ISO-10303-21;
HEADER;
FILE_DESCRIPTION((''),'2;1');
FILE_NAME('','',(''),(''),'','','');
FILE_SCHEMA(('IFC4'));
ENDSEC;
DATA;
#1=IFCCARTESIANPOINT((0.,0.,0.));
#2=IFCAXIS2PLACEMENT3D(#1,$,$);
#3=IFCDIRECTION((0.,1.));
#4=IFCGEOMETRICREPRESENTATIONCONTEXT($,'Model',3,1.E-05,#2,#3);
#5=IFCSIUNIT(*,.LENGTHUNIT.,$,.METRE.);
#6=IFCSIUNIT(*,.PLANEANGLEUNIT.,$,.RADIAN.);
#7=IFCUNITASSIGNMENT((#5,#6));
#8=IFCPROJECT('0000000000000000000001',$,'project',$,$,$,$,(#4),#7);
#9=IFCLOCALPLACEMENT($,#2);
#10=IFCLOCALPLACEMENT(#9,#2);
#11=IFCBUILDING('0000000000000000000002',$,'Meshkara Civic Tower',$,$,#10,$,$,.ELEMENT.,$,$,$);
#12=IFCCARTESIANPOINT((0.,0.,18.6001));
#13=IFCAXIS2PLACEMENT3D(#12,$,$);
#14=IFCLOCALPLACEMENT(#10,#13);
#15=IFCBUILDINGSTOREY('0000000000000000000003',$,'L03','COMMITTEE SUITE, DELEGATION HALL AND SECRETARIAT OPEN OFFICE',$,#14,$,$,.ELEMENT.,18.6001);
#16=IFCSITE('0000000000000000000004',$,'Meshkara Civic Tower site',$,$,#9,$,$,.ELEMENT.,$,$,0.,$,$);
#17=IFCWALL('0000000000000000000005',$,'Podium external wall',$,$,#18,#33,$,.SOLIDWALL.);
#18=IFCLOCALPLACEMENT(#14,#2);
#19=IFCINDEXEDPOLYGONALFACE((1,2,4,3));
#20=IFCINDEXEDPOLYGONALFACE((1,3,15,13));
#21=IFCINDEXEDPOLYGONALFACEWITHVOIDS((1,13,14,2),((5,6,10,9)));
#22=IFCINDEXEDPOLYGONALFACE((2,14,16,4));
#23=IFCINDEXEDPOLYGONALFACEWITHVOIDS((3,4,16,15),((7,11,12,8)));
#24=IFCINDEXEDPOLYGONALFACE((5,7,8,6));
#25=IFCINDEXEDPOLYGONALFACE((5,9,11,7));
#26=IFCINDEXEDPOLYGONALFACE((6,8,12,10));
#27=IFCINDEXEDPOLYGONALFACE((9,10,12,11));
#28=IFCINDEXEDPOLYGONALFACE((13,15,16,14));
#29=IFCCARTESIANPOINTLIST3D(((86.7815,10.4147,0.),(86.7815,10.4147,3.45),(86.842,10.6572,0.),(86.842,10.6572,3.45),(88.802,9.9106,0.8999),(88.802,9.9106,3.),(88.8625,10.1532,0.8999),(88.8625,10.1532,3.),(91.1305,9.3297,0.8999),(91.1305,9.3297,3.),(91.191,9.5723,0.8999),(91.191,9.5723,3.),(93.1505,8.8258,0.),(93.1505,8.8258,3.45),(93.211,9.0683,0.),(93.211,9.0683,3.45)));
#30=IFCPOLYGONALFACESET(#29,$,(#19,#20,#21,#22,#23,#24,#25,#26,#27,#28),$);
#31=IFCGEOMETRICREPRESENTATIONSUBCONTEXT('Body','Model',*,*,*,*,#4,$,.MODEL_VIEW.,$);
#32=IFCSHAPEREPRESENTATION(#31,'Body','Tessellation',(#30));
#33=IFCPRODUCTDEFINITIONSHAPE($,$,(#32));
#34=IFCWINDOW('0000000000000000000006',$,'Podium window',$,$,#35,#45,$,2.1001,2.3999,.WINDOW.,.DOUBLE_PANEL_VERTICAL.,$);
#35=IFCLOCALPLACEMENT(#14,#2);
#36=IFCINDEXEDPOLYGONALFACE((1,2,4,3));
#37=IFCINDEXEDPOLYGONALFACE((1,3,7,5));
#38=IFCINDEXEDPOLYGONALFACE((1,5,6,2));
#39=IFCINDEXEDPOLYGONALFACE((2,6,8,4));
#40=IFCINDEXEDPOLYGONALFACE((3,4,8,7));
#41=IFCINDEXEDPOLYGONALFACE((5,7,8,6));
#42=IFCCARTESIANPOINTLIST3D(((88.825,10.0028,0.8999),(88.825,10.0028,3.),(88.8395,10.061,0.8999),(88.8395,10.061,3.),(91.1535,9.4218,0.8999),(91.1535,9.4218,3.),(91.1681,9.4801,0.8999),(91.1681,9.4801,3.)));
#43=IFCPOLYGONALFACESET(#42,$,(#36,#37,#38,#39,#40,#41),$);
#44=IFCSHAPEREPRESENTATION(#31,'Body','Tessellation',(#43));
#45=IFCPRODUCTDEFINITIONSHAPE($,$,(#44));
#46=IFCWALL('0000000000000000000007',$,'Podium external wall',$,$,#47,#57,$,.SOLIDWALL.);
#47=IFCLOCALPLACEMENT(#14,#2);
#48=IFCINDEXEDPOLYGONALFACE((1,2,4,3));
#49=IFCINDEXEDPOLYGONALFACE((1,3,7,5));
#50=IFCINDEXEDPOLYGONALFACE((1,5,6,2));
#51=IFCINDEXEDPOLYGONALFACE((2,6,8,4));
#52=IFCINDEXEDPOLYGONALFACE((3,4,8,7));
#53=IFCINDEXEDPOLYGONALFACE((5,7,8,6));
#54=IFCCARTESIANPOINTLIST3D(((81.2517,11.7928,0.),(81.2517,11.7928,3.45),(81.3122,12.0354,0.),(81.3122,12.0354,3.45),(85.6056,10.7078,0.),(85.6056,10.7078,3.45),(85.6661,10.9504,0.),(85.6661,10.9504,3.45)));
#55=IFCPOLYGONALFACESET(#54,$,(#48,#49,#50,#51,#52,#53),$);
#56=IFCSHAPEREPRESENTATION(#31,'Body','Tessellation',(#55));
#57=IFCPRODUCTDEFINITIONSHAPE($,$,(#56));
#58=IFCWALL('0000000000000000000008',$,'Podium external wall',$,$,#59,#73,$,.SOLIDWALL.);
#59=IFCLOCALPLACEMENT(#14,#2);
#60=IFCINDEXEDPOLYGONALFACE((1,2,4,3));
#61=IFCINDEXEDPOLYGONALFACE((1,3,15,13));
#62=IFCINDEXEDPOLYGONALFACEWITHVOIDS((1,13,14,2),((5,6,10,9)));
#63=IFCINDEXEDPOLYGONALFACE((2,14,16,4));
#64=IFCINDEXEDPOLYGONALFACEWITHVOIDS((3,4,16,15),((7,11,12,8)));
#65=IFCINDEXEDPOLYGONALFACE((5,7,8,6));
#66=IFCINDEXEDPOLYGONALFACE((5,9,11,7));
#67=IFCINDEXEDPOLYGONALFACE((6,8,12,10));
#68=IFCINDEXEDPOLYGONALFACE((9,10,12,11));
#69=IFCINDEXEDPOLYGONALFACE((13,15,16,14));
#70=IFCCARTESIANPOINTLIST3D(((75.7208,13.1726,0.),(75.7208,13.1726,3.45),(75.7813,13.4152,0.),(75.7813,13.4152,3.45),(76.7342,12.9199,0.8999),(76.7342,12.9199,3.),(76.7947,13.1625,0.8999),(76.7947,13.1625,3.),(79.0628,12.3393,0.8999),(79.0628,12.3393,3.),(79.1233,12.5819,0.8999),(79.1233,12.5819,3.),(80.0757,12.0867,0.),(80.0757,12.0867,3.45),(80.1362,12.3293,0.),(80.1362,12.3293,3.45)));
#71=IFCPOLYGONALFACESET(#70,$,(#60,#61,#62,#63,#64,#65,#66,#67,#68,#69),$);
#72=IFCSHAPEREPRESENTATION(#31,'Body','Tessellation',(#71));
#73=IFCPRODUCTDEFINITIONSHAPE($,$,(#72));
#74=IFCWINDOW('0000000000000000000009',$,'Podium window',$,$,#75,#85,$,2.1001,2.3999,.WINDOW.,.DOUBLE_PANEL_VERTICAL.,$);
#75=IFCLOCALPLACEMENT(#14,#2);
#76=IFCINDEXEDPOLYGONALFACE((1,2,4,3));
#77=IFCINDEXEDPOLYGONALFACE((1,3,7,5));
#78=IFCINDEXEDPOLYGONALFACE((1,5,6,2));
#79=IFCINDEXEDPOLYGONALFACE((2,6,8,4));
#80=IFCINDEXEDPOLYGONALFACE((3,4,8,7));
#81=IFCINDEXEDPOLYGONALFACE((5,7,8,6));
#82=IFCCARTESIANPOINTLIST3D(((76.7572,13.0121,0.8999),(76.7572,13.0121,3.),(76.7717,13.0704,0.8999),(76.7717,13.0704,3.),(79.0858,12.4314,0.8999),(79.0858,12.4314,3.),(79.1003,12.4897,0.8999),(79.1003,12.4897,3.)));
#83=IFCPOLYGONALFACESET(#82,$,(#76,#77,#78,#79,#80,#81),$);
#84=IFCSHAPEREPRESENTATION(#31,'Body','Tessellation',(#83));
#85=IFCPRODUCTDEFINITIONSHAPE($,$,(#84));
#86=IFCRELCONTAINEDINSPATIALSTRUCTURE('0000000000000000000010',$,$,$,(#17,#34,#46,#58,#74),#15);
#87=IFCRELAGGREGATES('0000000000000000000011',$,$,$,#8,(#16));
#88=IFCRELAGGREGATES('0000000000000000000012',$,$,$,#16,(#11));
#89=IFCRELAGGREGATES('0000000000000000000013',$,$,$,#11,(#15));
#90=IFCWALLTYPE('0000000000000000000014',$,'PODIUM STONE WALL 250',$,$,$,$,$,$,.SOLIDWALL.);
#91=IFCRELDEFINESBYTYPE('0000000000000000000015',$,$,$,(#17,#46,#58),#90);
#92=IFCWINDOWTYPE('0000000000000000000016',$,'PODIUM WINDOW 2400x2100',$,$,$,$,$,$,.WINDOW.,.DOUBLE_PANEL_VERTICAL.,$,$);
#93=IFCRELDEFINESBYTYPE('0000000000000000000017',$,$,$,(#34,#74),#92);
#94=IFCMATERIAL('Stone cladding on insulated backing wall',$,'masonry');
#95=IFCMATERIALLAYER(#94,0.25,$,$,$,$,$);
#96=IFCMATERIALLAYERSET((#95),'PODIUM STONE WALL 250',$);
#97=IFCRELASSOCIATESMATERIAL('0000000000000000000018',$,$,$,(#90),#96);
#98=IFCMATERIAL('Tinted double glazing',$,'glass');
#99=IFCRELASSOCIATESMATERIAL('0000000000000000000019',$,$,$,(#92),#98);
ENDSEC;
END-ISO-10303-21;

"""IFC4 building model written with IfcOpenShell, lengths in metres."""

from ifc_helpers import new_model, si_unit, direction, frame, frame_2d, origin, place, context, subcontext, project, spatial, rectangle, extrude, material, layer, layer_set, type_object, element, fill, save


model = new_model("IFC4")

# Units and contexts
model_context = context("Model", 3, precision=1e-05, world=origin(), true_north=direction((0.0, 1.0)))
body_context = subcontext(model_context, "Body", "Model", "MODEL_VIEW")
ifc_project = project(units=[si_unit("LENGTHUNIT", "METRE"), si_unit("PLANEANGLEUNIT", "RADIAN")], contexts=[model_context])

# Site, building, storey
site_placement = place(None, origin())
site = spatial("IfcSite", under=ifc_project, at=site_placement, Name="Meshkara Civic Tower site", CompositionType="ELEMENT", RefElevation=0.0)
building_placement = place(site_placement, origin())
building = spatial("IfcBuilding", under=site, at=building_placement, Name="Meshkara Civic Tower", CompositionType="ELEMENT")
storey_placement = place(building_placement, frame((0.0, 0.0, 18.6001)))
storey = spatial("IfcBuildingStorey", under=building, at=storey_placement, Name="L03", Description="COMMITTEE SUITE, DELEGATION HALL AND SECRETARIAT OPEN OFFICE", CompositionType="ELEMENT", Elevation=18.6001)

# Shared definitions
ifc_material_1 = material(Name="Stone cladding on insulated backing wall", Category="masonry")
ifc_layer_1 = layer(ifc_material_1, 0.25)
ifc_layer_set_1 = layer_set([ifc_layer_1], Name="PODIUM STONE WALL 250")
wall_type_1 = type_object("IfcWallType", Name="PODIUM STONE WALL 250", PredefinedType="SOLIDWALL", material=ifc_layer_set_1)

# Wall, opening, window
wall_1_placement = place(storey_placement, frame((93.1809, 8.947, 0.0), z_axis=(0.0, 0.0, 1.0), x_axis=(-0.970263, 0.242054, 0.0)))
wall_1 = element("IfcWall", 1, at=wall_1_placement, inside=storey, type_object=wall_type_1, Name="Podium external wall", PredefinedType="SOLIDWALL", context=body_context, shape_type="SweptSolid", body=[
    extrude(rectangle(XDim=6.5642, YDim=0.25, at=frame_2d((3.2822, 0.0))), origin(), (0.0, 0.0, 1.0), 3.45),
])
opening_1_placement = place(wall_1_placement, frame((2.082, 0.0, 0.8999)))
opening_1 = element("IfcOpeningElement", 2, at=opening_1_placement, cuts=wall_1, PredefinedType="OPENING", context=body_context, shape_type="SweptSolid", body=[
    extrude(rectangle(XDim=2.3999, YDim=2.1001, at=frame_2d((1.2, 1.05))), frame((0.0, 0.135, 0.0), z_axis=(0.0, -1.0, 0.0), x_axis=(1.0, 0.0, 0.0)), (0.0, 0.0, 1.0), 0.27),
])
ifc_material_2 = material(Name="Tinted double glazing", Category="glass")
window_type = type_object("IfcWindowType", Name="PODIUM WINDOW 2400x2100", PartitioningType="DOUBLE_PANEL_VERTICAL", PredefinedType="WINDOW", material=ifc_material_2)
window_1_placement = place(opening_1_placement, origin())
window_1 = element("IfcWindow", 3, at=window_1_placement, inside=storey, type_object=window_type, Name="Podium window", OverallHeight=2.1001, OverallWidth=2.3999, PartitioningType="DOUBLE_PANEL_VERTICAL", PredefinedType="WINDOW", context=body_context, shape_type="SweptSolid", body=[
    extrude(rectangle(XDim=2.3999, YDim=2.1001, at=frame_2d((1.2, 1.05))), frame((0.0, 0.03, 0.0), z_axis=(0.0, -1.0, 0.0), x_axis=(1.0, 0.0, 0.0)), (0.0, 0.0, 1.0), 0.0601),
])
fill(opening_1, window_1)

# Wall
wall_2_placement = place(storey_placement, frame((85.636, 10.8291, 0.0), z_axis=(0.0, 0.0, 1.0), x_axis=(-0.970328, 0.241793, 0.0)))
element("IfcWall", 4, at=wall_2_placement, inside=storey, type_object=wall_type_1, Name="Podium external wall", PredefinedType="SOLIDWALL", context=body_context, shape_type="SweptSolid", body=[
    extrude(rectangle(XDim=4.4871, YDim=0.25, at=frame_2d((2.2437, 0.0))), origin(), (0.0, 0.0, 1.0), 3.45),
])

# Wall, opening, window
wall_3_placement = place(storey_placement, frame((80.106, 12.208, 0.0), z_axis=(0.0, 0.0, 1.0), x_axis=(-0.97029, 0.241947, 0.0)))
wall_3 = element("IfcWall", 5, at=wall_3_placement, inside=storey, type_object=wall_type_1, Name="Podium external wall", PredefinedType="SOLIDWALL", context=body_context, shape_type="SweptSolid", body=[
    extrude(rectangle(XDim=4.4883, YDim=0.25, at=frame_2d((2.2441, 0.0))), origin(), (0.0, 0.0, 1.0), 3.45),
])
opening_2_placement = place(wall_3_placement, frame((1.0439, 0.0, 0.8999)))
opening_2 = element("IfcOpeningElement", 6, at=opening_2_placement, cuts=wall_3, PredefinedType="OPENING", context=body_context, shape_type="SweptSolid", body=[
    extrude(rectangle(XDim=2.3999, YDim=2.1001, at=frame_2d((1.2, 1.05))), frame((0.0, 0.135, 0.0), z_axis=(0.0, -1.0, 0.0), x_axis=(1.0, 0.0, 0.0)), (0.0, 0.0, 1.0), 0.27),
])
window_2_placement = place(opening_2_placement, origin())
window_2 = element("IfcWindow", 7, at=window_2_placement, inside=storey, type_object=window_type, Name="Podium window", OverallHeight=2.1001, OverallWidth=2.3999, PartitioningType="DOUBLE_PANEL_VERTICAL", PredefinedType="WINDOW", context=body_context, shape_type="SweptSolid", body=[
    extrude(rectangle(XDim=2.3999, YDim=2.1001, at=frame_2d((1.2, 1.05))), frame((0.0, 0.03, 0.0), z_axis=(0.0, -1.0, 0.0), x_axis=(1.0, 0.0, 0.0)), (0.0, 0.0, 1.0), 0.0601),
])
fill(opening_2, window_2)

save(model, "model.ifc")
